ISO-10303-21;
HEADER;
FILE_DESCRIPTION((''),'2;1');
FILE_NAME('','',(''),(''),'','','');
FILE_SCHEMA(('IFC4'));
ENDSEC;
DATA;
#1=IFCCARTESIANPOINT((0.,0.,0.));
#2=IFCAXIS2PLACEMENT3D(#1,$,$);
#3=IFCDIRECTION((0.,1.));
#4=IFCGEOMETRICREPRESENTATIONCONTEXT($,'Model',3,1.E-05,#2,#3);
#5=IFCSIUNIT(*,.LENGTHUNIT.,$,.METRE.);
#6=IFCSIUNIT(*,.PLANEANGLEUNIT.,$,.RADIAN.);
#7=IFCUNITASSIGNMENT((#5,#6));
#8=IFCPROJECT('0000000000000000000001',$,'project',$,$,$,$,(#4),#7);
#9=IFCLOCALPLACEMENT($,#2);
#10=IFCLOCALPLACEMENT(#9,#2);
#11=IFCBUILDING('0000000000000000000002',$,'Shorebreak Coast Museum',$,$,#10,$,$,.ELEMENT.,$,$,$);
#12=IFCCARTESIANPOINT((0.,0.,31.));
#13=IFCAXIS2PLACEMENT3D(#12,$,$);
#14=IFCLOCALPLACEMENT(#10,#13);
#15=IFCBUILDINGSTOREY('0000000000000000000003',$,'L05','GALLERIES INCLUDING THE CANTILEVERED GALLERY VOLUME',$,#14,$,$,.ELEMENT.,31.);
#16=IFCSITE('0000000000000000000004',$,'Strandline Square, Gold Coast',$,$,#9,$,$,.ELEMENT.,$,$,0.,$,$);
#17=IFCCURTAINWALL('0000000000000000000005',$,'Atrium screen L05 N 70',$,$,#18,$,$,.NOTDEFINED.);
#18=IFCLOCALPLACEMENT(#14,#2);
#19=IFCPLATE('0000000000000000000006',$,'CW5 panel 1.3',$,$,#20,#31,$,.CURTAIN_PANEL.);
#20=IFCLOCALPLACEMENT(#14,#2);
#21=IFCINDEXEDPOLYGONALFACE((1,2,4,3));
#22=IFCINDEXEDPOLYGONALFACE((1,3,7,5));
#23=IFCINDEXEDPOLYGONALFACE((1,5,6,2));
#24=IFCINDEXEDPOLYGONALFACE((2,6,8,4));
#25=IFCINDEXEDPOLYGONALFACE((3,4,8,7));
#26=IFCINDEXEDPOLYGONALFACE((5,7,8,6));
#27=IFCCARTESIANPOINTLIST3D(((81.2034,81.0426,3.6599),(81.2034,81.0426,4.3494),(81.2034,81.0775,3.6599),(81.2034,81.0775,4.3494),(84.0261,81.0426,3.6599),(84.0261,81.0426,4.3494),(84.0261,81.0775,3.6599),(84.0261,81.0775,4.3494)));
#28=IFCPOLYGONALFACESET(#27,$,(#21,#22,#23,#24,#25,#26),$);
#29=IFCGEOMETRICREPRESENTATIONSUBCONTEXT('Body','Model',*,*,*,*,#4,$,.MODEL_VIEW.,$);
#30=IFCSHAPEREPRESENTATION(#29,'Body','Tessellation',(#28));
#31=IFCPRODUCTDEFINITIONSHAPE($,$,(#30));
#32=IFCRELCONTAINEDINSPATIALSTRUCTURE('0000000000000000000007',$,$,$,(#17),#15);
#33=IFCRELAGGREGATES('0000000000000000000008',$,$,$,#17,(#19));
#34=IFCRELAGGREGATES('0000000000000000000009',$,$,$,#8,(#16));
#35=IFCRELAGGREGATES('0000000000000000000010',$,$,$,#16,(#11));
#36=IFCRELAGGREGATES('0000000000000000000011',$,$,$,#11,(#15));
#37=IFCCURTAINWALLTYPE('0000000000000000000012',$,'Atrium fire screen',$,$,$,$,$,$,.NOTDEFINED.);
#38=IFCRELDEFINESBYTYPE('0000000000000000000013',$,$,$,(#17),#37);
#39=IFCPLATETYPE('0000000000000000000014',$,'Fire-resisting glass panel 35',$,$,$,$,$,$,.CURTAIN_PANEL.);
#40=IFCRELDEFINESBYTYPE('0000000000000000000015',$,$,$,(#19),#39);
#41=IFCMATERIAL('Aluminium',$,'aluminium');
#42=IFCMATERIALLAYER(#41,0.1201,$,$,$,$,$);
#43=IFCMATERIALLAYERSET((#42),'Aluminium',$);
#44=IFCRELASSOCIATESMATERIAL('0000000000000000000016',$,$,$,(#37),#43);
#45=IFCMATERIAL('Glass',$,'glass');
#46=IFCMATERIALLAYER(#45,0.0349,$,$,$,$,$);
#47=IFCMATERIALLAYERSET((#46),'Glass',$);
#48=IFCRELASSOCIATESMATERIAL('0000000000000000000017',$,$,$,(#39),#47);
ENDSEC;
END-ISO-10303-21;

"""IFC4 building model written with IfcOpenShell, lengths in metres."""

from ifc_helpers import new_model, si_unit, direction, frame, origin, origin_2d, place, context, subcontext, project, spatial, rectangle, extrude, material, layer, layer_set, type_object, element, aggregate, save


model = new_model("IFC4")

# Units and contexts
model_context = context("Model", 3, precision=1e-05, world=origin(), true_north=direction((0.0, 1.0)))
body_context = subcontext(model_context, "Body", "Model", "MODEL_VIEW")
ifc_project = project(units=[si_unit("LENGTHUNIT", "METRE"), si_unit("PLANEANGLEUNIT", "RADIAN")], contexts=[model_context])

# Site, building, storey
site_placement = place(None, origin())
site = spatial("IfcSite", under=ifc_project, at=site_placement, Name="Strandline Square, Gold Coast", CompositionType="ELEMENT", RefElevation=0.0)
building_placement = place(site_placement, origin())
building = spatial("IfcBuilding", under=site, at=building_placement, Name="Shorebreak Coast Museum", CompositionType="ELEMENT")
storey_placement = place(building_placement, frame((0.0, 0.0, 31.0)))
storey = spatial("IfcBuildingStorey", under=building, at=storey_placement, Name="L05", Description="GALLERIES INCLUDING THE CANTILEVERED GALLERY VOLUME", CompositionType="ELEMENT", Elevation=31.0)

# Curtain wall, plate
ifc_material_1 = material(Name="Aluminium", Category="aluminium")
ifc_layer_1 = layer(ifc_material_1, 0.1201)
ifc_layer_set_1 = layer_set([ifc_layer_1], Name="Aluminium")
curtain_wall_type = type_object("IfcCurtainWallType", Name="Atrium fire screen", PredefinedType="NOTDEFINED", material=ifc_layer_set_1)
curtain_wall_placement = place(storey_placement, origin())
curtain_wall = element("IfcCurtainWall", 1, at=curtain_wall_placement, inside=storey, type_object=curtain_wall_type, Name="Atrium screen L05 N 70", PredefinedType="NOTDEFINED")
ifc_material_2 = material(Name="Glass", Category="glass")
ifc_layer_2 = layer(ifc_material_2, 0.0349)
ifc_layer_set_2 = layer_set([ifc_layer_2], Name="Glass")
plate_type = type_object("IfcPlateType", Name="Fire-resisting glass panel 35", PredefinedType="CURTAIN_PANEL", material=ifc_layer_set_2)
plate_1_placement = place(storey_placement, frame((82.6147, 81.0601, 3.6599), z_axis=(0.0, 0.0, 1.0), x_axis=(1.0, 0.0, 0.0)))
plate_1 = element("IfcPlate", 2, at=plate_1_placement, type_object=plate_type, Name="CW5 panel 1.3", PredefinedType="CURTAIN_PANEL", context=body_context, shape_type="SweptSolid", body=[
    extrude(rectangle(XDim=2.8228, YDim=0.0349, at=origin_2d()), origin(), (0.0, 0.0, 1.0), 0.6895),
])
aggregate(curtain_wall, [plate_1])

save(model, "model.ifc")
